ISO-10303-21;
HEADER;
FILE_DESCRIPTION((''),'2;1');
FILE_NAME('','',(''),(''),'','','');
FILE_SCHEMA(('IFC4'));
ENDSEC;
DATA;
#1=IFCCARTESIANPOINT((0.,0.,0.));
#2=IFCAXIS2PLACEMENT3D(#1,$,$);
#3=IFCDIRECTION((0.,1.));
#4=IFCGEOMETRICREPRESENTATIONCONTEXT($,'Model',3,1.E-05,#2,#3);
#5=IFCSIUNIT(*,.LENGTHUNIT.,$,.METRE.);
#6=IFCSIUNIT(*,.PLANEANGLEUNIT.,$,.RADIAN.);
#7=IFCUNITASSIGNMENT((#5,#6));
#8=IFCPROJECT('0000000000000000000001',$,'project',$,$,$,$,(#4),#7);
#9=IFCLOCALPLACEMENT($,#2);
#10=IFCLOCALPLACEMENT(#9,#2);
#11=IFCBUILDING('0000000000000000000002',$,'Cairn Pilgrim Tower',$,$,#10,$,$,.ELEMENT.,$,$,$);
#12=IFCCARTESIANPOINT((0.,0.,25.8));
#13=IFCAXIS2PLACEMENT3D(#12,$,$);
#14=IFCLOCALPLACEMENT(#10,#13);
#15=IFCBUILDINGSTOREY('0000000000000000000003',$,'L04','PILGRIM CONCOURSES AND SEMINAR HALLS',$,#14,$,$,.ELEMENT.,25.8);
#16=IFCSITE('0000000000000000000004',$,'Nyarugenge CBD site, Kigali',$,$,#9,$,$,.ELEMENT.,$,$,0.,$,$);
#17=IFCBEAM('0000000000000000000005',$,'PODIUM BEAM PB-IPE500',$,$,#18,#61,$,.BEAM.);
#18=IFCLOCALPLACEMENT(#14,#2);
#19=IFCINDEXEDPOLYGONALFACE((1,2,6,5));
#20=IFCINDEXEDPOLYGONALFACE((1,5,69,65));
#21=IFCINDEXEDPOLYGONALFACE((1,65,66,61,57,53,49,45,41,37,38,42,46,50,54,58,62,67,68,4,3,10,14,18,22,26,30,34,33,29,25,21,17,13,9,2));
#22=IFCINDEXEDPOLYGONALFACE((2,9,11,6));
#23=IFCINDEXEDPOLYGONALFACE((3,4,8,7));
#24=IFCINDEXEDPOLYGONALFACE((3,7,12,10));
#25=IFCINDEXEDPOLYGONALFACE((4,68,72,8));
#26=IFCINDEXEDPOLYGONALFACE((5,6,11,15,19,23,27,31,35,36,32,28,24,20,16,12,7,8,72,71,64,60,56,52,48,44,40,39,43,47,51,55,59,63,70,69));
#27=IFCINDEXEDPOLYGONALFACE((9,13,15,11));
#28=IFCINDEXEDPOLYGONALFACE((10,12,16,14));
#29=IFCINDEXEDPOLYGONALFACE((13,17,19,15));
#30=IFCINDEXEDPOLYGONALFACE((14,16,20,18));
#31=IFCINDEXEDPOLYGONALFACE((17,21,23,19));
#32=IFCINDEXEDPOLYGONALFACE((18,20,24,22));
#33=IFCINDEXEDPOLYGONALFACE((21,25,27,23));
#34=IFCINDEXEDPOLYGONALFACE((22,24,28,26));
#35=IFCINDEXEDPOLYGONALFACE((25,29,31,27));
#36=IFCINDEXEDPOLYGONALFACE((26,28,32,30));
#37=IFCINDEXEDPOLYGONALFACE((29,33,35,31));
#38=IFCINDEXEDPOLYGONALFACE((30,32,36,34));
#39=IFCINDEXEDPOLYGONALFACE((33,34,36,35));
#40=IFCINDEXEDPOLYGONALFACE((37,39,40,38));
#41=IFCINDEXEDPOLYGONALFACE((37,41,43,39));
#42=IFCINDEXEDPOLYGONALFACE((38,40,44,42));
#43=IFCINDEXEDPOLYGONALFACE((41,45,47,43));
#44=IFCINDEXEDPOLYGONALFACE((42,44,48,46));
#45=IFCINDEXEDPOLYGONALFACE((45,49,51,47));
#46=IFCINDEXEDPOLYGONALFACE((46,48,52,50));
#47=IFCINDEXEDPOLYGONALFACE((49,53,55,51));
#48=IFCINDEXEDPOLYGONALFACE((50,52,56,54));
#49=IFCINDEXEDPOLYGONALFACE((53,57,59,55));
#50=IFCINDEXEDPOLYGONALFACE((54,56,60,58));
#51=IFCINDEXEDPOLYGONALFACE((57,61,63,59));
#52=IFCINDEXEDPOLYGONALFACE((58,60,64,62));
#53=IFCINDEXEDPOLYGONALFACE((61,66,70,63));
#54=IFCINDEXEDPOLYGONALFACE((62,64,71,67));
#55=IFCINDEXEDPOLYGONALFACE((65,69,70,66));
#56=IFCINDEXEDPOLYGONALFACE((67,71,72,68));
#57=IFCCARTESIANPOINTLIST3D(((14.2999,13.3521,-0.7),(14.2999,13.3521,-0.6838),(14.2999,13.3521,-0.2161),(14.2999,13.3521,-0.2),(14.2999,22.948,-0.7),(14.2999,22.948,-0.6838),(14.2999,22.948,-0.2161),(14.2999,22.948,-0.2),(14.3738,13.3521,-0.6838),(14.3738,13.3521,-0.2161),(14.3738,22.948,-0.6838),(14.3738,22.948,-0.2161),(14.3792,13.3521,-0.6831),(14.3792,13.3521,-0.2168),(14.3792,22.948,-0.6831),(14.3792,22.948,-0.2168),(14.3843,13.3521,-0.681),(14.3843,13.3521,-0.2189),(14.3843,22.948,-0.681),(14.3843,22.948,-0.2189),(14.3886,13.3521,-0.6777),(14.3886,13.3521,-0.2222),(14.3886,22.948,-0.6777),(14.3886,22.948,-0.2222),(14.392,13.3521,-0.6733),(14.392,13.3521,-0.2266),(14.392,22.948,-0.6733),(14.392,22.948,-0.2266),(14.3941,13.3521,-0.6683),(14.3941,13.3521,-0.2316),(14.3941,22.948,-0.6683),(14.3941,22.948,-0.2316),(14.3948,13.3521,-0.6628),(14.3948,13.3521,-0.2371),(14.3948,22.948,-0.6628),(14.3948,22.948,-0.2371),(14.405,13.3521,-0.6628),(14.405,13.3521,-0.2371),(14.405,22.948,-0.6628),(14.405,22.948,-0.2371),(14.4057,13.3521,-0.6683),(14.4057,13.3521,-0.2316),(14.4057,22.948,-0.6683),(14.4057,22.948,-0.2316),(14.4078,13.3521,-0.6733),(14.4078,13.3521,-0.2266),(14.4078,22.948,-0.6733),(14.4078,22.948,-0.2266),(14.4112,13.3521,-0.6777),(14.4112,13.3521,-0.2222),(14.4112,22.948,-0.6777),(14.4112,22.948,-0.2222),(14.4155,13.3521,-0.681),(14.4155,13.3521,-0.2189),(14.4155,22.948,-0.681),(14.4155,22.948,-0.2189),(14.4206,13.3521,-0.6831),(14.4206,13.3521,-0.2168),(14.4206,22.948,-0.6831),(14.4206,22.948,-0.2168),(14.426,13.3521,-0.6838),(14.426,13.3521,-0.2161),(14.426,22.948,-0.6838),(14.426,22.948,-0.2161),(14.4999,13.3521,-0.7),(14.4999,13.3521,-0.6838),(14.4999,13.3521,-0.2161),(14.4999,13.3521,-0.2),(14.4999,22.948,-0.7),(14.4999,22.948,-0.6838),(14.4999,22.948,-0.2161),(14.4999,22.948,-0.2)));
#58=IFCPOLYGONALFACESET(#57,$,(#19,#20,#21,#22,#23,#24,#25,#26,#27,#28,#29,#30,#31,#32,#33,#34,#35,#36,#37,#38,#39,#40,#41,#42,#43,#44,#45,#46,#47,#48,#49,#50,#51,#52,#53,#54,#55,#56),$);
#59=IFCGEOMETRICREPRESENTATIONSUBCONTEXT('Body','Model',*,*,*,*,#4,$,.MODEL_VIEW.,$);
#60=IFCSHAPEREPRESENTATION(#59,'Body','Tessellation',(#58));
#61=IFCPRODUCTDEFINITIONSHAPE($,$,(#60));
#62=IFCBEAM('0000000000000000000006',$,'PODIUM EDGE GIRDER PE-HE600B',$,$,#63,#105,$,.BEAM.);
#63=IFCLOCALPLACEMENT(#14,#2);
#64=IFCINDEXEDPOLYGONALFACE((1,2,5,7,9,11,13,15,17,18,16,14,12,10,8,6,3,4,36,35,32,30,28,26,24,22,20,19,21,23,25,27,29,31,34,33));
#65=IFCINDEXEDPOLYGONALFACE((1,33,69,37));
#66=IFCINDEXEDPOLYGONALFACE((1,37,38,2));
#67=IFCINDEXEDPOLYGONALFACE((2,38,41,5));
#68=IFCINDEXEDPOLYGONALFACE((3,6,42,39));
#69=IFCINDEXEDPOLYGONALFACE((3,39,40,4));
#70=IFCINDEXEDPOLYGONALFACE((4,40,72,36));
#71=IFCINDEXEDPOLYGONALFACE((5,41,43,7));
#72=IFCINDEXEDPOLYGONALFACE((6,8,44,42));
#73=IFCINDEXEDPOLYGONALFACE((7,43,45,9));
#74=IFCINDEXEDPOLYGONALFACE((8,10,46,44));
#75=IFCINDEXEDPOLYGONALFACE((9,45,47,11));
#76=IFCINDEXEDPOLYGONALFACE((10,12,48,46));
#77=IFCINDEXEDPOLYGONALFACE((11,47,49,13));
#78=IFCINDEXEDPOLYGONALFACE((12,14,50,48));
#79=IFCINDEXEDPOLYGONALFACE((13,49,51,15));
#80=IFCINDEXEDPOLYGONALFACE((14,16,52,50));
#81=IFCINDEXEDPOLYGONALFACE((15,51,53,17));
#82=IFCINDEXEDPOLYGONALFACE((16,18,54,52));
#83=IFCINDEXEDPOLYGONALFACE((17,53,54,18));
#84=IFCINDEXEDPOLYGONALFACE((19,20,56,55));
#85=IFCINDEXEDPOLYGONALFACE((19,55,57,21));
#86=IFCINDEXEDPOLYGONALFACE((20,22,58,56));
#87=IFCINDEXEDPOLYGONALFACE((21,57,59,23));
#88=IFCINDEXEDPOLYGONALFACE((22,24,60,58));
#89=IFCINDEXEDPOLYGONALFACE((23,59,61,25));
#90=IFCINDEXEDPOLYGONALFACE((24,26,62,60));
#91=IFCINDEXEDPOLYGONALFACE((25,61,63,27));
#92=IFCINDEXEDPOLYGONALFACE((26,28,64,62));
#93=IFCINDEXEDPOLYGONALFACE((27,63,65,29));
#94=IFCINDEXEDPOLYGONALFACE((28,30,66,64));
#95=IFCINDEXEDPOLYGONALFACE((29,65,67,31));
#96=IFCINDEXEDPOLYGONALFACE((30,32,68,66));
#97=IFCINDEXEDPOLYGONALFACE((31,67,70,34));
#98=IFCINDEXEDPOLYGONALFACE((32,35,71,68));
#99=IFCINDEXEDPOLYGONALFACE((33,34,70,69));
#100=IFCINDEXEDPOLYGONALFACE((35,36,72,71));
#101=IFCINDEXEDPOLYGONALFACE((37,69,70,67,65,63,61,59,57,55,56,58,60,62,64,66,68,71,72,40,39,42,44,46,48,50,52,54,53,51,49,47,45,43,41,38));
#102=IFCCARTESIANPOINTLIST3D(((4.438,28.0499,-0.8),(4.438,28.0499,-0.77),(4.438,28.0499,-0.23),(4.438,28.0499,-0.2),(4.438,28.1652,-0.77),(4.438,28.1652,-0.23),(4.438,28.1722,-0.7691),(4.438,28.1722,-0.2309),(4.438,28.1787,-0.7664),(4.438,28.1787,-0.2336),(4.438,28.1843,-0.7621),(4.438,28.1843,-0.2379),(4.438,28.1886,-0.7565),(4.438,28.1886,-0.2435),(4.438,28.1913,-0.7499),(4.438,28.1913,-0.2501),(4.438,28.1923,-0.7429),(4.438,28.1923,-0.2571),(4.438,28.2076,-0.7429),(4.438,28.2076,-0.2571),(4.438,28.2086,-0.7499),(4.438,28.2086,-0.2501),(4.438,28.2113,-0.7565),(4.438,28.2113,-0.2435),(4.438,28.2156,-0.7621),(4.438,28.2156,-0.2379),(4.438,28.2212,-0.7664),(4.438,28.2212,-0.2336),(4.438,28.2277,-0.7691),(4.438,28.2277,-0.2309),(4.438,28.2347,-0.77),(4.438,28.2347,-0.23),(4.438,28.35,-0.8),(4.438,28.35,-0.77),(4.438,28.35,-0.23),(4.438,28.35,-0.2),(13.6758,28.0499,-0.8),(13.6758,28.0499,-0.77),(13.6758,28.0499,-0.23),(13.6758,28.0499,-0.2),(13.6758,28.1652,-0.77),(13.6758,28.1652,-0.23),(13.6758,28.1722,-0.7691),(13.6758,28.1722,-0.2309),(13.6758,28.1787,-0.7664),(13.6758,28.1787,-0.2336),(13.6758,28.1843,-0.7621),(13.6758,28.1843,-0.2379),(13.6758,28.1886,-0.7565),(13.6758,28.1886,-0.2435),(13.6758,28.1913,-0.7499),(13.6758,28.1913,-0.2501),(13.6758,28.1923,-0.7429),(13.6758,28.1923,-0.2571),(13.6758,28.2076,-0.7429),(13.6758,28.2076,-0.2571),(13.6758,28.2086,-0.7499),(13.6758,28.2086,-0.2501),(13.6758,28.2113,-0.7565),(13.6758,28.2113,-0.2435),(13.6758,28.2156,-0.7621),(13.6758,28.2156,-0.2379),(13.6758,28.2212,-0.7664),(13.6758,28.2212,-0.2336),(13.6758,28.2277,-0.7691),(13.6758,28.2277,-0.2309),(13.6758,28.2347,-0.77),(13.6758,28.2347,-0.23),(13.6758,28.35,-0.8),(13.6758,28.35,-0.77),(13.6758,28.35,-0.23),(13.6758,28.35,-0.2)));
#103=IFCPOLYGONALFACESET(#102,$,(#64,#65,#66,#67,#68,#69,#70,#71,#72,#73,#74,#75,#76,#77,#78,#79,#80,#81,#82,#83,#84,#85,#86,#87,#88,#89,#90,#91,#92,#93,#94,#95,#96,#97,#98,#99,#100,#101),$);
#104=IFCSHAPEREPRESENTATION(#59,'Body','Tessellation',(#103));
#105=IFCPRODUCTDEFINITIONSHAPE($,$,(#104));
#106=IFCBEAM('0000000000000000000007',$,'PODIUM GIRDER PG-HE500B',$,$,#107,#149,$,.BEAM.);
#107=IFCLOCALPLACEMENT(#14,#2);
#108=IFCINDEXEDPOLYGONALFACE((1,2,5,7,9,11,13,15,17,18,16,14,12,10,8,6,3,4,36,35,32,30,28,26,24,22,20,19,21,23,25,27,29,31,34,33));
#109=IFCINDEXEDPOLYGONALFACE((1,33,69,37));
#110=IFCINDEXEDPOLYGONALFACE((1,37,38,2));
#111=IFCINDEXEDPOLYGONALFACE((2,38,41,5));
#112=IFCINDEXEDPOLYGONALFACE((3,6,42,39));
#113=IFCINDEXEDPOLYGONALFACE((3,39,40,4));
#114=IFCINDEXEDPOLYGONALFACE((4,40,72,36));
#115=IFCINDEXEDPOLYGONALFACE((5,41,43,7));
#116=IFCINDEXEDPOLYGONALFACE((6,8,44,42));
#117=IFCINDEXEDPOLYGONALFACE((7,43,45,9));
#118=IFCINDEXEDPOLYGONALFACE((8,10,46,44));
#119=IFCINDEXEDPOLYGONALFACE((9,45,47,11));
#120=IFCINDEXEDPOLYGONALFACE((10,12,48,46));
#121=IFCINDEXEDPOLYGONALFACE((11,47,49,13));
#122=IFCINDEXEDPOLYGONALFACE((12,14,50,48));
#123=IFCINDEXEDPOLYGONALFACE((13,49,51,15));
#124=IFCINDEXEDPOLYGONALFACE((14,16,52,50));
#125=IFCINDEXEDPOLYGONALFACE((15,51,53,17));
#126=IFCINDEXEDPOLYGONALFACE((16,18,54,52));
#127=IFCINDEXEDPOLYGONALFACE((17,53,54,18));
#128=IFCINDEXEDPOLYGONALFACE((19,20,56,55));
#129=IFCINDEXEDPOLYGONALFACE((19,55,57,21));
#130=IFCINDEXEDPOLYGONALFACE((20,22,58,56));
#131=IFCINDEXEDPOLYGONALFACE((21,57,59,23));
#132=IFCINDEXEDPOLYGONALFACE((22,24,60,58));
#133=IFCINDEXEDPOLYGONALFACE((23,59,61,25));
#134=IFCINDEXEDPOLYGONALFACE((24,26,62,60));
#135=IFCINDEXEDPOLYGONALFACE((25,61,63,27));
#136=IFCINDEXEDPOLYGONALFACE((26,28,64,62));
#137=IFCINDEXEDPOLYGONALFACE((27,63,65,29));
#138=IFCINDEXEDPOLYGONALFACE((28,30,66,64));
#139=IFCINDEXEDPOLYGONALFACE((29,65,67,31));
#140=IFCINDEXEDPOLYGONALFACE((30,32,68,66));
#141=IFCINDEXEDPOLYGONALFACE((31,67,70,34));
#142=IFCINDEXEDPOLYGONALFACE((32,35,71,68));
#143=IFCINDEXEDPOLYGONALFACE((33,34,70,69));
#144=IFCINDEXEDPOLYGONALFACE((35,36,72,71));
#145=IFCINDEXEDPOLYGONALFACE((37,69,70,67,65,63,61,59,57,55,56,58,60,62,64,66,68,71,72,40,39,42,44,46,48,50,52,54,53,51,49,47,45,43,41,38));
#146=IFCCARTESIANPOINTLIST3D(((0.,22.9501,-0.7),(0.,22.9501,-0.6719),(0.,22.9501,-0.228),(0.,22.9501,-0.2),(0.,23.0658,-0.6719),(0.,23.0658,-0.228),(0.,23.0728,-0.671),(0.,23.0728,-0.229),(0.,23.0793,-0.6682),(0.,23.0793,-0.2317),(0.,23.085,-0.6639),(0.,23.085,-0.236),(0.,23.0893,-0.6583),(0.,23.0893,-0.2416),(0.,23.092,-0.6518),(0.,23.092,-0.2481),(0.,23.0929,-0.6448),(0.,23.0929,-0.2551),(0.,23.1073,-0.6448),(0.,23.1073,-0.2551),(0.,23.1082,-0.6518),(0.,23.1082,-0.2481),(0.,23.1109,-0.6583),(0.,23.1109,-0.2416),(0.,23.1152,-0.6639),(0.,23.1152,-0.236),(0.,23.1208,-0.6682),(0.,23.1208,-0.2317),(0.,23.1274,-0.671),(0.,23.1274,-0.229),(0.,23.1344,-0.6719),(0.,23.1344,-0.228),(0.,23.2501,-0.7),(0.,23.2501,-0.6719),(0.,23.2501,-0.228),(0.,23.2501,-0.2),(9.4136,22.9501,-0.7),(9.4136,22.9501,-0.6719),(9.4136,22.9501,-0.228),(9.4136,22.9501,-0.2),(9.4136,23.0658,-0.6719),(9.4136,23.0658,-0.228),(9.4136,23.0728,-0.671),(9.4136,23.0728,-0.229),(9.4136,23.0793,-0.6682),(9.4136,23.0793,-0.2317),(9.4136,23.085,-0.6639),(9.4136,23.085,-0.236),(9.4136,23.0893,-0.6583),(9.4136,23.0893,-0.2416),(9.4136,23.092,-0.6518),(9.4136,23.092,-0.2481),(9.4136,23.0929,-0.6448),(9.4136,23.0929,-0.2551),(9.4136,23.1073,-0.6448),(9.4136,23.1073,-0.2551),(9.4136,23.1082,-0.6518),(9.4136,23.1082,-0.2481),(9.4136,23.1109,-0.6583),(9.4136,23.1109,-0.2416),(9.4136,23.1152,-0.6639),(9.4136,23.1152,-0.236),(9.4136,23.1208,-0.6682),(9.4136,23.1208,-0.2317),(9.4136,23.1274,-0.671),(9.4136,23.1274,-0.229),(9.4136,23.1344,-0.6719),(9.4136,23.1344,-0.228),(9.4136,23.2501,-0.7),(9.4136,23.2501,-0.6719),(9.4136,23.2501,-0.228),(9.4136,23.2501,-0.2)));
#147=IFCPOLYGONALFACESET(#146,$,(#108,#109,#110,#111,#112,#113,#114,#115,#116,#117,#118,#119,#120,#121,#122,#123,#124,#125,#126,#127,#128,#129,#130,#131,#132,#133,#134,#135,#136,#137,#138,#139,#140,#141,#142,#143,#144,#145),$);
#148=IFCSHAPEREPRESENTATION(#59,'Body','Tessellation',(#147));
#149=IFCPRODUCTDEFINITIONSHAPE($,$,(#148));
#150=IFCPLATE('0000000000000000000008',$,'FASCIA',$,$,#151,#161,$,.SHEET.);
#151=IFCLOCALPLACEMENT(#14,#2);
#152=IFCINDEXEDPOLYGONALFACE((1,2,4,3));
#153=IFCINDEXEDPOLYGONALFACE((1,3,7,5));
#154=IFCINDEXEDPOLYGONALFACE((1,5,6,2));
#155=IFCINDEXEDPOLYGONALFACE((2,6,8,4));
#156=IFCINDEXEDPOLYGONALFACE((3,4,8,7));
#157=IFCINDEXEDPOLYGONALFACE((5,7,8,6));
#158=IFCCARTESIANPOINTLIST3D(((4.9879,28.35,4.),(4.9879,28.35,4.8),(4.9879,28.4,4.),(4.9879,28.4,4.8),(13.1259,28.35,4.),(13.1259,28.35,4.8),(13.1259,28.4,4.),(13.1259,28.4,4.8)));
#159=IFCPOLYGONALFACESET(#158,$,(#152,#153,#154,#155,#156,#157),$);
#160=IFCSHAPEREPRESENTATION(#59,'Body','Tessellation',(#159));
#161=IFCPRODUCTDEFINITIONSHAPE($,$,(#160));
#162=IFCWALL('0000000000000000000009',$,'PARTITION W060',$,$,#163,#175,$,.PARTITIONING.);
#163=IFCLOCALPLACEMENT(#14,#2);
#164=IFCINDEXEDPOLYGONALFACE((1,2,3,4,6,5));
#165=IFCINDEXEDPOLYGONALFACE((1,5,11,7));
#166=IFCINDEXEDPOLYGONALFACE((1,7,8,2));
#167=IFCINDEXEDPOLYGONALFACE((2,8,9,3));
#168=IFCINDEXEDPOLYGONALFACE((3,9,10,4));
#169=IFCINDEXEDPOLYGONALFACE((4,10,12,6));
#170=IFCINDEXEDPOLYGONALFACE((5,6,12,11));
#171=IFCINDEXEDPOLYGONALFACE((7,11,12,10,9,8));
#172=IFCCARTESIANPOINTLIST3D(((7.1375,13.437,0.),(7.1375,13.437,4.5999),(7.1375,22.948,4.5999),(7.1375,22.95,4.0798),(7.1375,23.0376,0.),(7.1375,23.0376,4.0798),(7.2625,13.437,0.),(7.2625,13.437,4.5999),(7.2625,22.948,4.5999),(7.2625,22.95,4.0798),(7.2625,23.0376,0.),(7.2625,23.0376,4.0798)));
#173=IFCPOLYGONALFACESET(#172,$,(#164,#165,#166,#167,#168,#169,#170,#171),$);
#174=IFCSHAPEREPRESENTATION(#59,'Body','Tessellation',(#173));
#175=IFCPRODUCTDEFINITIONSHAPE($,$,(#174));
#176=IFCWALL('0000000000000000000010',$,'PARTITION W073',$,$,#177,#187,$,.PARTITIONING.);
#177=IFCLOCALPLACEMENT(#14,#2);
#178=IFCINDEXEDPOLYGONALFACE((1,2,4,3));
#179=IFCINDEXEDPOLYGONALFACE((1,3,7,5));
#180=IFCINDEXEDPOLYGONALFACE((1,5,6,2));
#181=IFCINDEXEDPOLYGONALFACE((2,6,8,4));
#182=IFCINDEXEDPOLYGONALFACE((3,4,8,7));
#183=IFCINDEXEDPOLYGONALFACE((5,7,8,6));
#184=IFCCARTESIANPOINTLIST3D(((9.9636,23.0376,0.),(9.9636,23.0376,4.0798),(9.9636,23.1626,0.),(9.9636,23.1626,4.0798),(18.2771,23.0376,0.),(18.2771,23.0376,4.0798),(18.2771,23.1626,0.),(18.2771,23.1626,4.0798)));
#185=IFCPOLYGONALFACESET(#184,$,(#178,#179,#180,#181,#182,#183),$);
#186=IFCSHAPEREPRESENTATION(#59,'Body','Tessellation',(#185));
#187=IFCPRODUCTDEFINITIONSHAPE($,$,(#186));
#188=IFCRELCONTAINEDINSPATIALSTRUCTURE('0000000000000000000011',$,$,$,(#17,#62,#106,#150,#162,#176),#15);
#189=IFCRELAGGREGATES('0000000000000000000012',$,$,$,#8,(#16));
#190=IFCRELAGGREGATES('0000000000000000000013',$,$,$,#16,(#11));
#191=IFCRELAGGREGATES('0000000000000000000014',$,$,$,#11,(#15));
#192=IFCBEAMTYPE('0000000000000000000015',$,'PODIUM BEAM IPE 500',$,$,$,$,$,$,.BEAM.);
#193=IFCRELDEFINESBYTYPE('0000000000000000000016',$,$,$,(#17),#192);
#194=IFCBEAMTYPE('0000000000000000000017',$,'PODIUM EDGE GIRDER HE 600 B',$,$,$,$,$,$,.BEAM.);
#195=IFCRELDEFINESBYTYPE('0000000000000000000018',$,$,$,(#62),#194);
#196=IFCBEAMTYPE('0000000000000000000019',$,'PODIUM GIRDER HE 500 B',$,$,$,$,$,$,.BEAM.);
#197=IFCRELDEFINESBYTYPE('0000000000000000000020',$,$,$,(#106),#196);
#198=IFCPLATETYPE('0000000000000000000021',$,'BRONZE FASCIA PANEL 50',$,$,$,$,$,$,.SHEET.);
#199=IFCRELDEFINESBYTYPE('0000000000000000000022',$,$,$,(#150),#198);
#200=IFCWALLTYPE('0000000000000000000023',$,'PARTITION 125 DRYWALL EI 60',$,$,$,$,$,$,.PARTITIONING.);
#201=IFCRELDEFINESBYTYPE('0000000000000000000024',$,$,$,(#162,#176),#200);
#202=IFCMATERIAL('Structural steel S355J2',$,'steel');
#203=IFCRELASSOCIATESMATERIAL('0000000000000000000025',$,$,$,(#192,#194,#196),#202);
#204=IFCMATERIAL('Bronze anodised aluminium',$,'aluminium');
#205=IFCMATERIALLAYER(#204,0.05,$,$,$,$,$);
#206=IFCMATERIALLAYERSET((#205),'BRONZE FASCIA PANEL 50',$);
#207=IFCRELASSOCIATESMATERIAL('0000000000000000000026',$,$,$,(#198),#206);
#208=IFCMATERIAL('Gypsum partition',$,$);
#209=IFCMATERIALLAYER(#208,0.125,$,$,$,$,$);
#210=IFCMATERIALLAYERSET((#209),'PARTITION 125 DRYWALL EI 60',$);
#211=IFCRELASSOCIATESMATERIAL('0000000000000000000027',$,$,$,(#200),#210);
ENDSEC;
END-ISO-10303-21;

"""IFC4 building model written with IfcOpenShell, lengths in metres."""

from ifc_helpers import new_model, si_unit, direction, frame, frame_2d, origin, origin_2d, place, context, subcontext, project, spatial, polyline, rectangle, i_section, outline, extrude, material, layer, layer_set, material_profile, profile_set, type_object, element, save


model = new_model("IFC4")

# Units and contexts
model_context = context("Model", 3, precision=1e-05, world=origin(), true_north=direction((0.0, 1.0)))
body_context = subcontext(model_context, "Body", "Model", "MODEL_VIEW")
ifc_project = project(units=[si_unit("LENGTHUNIT", "METRE"), si_unit("PLANEANGLEUNIT", "RADIAN")], contexts=[model_context])

# Site, building, storey
site_placement = place(None, origin())
site = spatial("IfcSite", under=ifc_project, at=site_placement, Name="Nyarugenge CBD site, Kigali", CompositionType="ELEMENT", RefElevation=0.0)
building_placement = place(site_placement, origin())
building = spatial("IfcBuilding", under=site, at=building_placement, Name="Cairn Pilgrim Tower", CompositionType="ELEMENT")
storey_placement = place(building_placement, frame((0.0, 0.0, 25.8)))
storey = spatial("IfcBuildingStorey", under=building, at=storey_placement, Name="L04", Description="PILGRIM CONCOURSES AND SEMINAR HALLS", CompositionType="ELEMENT", Elevation=25.8)

# Beams
ifc_material_1 = material(Name="Structural steel S355J2", Category="steel")
ifc_material_profile_1 = material_profile(ifc_material_1, i_section(OverallWidth=0.2, OverallDepth=0.5, WebThickness=0.0103, FlangeThickness=0.0161, FilletRadius=0.021, at=origin_2d()), Name="IPE 500")
ifc_profile_set_1 = profile_set([ifc_material_profile_1], Name="Structural steel S355J2")
beam_type_1 = type_object("IfcBeamType", Name="PODIUM BEAM IPE 500", PredefinedType="BEAM", material=ifc_profile_set_1)
beam_1_placement = place(storey_placement, frame((14.3999, 13.3521, -0.45), z_axis=(0.0, 1.0, 0.0), x_axis=(-1.0, 0.0, 0.0)))
element("IfcBeam", 1, at=beam_1_placement, inside=storey, type_object=beam_type_1, Name="PODIUM BEAM PB-IPE500", PredefinedType="BEAM", context=body_context, shape_type="SweptSolid", body=[
    extrude(i_section(OverallWidth=0.2, OverallDepth=0.5, WebThickness=0.0103, FlangeThickness=0.0161, FilletRadius=0.021, at=origin_2d()), origin(), (0.0, 0.0, 1.0), 9.5959),
])
ifc_material_profile_2 = material_profile(ifc_material_1, i_section(OverallWidth=0.3, OverallDepth=0.6001, WebThickness=0.0154, FlangeThickness=0.03, FilletRadius=0.0271, at=origin_2d()), Name="HEB 600")
ifc_profile_set_2 = profile_set([ifc_material_profile_2], Name="Structural steel S355J2")
beam_type_2 = type_object("IfcBeamType", Name="PODIUM EDGE GIRDER HE 600 B", PredefinedType="BEAM", material=ifc_profile_set_2)
beam_2_placement = place(storey_placement, frame((13.6758, 28.2, -0.5), z_axis=(-1.0, 0.0, 0.0), x_axis=(0.0, -1.0, 0.0)))
element("IfcBeam", 2, at=beam_2_placement, inside=storey, type_object=beam_type_2, Name="PODIUM EDGE GIRDER PE-HE600B", PredefinedType="BEAM", context=body_context, shape_type="SweptSolid", body=[
    extrude(i_section(OverallWidth=0.3, OverallDepth=0.6001, WebThickness=0.0154, FlangeThickness=0.03, FilletRadius=0.0271, at=origin_2d()), origin(), (0.0, 0.0, 1.0), 9.2378),
])
ifc_material_profile_3 = material_profile(ifc_material_1, i_section(OverallWidth=0.3, OverallDepth=0.5, WebThickness=0.0144, FlangeThickness=0.0281, FilletRadius=0.0271, at=origin_2d()), Name="HEB 500")
ifc_profile_set_3 = profile_set([ifc_material_profile_3], Name="Structural steel S355J2")
beam_type_3 = type_object("IfcBeamType", Name="PODIUM GIRDER HE 500 B", PredefinedType="BEAM", material=ifc_profile_set_3)
beam_3_placement = place(storey_placement, frame((9.4136, 23.1001, -0.45), z_axis=(-1.0, 0.0, 0.0), x_axis=(0.0, -1.0, 0.0)))
element("IfcBeam", 3, at=beam_3_placement, inside=storey, type_object=beam_type_3, Name="PODIUM GIRDER PG-HE500B", PredefinedType="BEAM", context=body_context, shape_type="SweptSolid", body=[
    extrude(i_section(OverallWidth=0.3, OverallDepth=0.5, WebThickness=0.0144, FlangeThickness=0.0281, FilletRadius=0.0271, at=origin_2d()), origin(), (0.0, 0.0, 1.0), 9.4136),
])

# Plate
ifc_material_2 = material(Name="Bronze anodised aluminium", Category="aluminium")
ifc_layer_1 = layer(ifc_material_2, 0.05)
ifc_layer_set_1 = layer_set([ifc_layer_1], Name="BRONZE FASCIA PANEL 50")
plate_type = type_object("IfcPlateType", Name="BRONZE FASCIA PANEL 50", PredefinedType="SHEET", material=ifc_layer_set_1)
plate_placement = place(storey_placement, frame((9.0569, 28.375, 4.0), z_axis=(0.0, 0.0, 1.0), x_axis=(-1.0, 0.0, 0.0)))
element("IfcPlate", 4, at=plate_placement, inside=storey, type_object=plate_type, Name="FASCIA", PredefinedType="SHEET", context=body_context, shape_type="SweptSolid", body=[
    extrude(rectangle(XDim=8.1379, YDim=0.05, at=origin_2d()), origin(), (0.0, 0.0, 1.0), 0.8),
])

# Walls
ifc_material_3 = material(Name="Gypsum partition")
ifc_layer_2 = layer(ifc_material_3, 0.125)
ifc_layer_set_2 = layer_set([ifc_layer_2], Name="PARTITION 125 DRYWALL EI 60")
wall_type_1 = type_object("IfcWallType", Name="PARTITION 125 DRYWALL EI 60", PredefinedType="PARTITIONING", material=ifc_layer_set_2)
wall_1_placement = place(storey_placement, frame((7.2, 13.437, 0.0), z_axis=(0.0, 0.0, 1.0), x_axis=(0.0, 1.0, 0.0)))
element("IfcWall", 5, at=wall_1_placement, inside=storey, type_object=wall_type_1, Name="PARTITION W060", PredefinedType="PARTITIONING", context=body_context, shape_type="SweptSolid", body=[
    extrude(outline(polyline([(0.0, 0.0), (9.6006, 0.0), (9.6006, 4.0798), (9.5129, 4.0798), (9.511, 4.5999), (0.0, 4.5999), (0.0, 0.0)])), frame((0.0, 0.0625, 0.0), z_axis=(0.0, -1.0, 0.0), x_axis=(1.0, 0.0, 0.0)), (0.0, 0.0, 1.0), 0.125),
])
wall_2_placement = place(storey_placement, frame((9.9636, 23.1001, 0.0), z_axis=(0.0, 0.0, 1.0), x_axis=(1.0, 0.0, 0.0)))
element("IfcWall", 6, at=wall_2_placement, inside=storey, type_object=wall_type_1, Name="PARTITION W073", PredefinedType="PARTITIONING", context=body_context, shape_type="SweptSolid", body=[
    extrude(rectangle(XDim=8.3135, YDim=0.125, at=frame_2d((4.1567, 0.0))), origin(), (0.0, 0.0, 1.0), 4.0798),
])

save(model, "model.ifc")
